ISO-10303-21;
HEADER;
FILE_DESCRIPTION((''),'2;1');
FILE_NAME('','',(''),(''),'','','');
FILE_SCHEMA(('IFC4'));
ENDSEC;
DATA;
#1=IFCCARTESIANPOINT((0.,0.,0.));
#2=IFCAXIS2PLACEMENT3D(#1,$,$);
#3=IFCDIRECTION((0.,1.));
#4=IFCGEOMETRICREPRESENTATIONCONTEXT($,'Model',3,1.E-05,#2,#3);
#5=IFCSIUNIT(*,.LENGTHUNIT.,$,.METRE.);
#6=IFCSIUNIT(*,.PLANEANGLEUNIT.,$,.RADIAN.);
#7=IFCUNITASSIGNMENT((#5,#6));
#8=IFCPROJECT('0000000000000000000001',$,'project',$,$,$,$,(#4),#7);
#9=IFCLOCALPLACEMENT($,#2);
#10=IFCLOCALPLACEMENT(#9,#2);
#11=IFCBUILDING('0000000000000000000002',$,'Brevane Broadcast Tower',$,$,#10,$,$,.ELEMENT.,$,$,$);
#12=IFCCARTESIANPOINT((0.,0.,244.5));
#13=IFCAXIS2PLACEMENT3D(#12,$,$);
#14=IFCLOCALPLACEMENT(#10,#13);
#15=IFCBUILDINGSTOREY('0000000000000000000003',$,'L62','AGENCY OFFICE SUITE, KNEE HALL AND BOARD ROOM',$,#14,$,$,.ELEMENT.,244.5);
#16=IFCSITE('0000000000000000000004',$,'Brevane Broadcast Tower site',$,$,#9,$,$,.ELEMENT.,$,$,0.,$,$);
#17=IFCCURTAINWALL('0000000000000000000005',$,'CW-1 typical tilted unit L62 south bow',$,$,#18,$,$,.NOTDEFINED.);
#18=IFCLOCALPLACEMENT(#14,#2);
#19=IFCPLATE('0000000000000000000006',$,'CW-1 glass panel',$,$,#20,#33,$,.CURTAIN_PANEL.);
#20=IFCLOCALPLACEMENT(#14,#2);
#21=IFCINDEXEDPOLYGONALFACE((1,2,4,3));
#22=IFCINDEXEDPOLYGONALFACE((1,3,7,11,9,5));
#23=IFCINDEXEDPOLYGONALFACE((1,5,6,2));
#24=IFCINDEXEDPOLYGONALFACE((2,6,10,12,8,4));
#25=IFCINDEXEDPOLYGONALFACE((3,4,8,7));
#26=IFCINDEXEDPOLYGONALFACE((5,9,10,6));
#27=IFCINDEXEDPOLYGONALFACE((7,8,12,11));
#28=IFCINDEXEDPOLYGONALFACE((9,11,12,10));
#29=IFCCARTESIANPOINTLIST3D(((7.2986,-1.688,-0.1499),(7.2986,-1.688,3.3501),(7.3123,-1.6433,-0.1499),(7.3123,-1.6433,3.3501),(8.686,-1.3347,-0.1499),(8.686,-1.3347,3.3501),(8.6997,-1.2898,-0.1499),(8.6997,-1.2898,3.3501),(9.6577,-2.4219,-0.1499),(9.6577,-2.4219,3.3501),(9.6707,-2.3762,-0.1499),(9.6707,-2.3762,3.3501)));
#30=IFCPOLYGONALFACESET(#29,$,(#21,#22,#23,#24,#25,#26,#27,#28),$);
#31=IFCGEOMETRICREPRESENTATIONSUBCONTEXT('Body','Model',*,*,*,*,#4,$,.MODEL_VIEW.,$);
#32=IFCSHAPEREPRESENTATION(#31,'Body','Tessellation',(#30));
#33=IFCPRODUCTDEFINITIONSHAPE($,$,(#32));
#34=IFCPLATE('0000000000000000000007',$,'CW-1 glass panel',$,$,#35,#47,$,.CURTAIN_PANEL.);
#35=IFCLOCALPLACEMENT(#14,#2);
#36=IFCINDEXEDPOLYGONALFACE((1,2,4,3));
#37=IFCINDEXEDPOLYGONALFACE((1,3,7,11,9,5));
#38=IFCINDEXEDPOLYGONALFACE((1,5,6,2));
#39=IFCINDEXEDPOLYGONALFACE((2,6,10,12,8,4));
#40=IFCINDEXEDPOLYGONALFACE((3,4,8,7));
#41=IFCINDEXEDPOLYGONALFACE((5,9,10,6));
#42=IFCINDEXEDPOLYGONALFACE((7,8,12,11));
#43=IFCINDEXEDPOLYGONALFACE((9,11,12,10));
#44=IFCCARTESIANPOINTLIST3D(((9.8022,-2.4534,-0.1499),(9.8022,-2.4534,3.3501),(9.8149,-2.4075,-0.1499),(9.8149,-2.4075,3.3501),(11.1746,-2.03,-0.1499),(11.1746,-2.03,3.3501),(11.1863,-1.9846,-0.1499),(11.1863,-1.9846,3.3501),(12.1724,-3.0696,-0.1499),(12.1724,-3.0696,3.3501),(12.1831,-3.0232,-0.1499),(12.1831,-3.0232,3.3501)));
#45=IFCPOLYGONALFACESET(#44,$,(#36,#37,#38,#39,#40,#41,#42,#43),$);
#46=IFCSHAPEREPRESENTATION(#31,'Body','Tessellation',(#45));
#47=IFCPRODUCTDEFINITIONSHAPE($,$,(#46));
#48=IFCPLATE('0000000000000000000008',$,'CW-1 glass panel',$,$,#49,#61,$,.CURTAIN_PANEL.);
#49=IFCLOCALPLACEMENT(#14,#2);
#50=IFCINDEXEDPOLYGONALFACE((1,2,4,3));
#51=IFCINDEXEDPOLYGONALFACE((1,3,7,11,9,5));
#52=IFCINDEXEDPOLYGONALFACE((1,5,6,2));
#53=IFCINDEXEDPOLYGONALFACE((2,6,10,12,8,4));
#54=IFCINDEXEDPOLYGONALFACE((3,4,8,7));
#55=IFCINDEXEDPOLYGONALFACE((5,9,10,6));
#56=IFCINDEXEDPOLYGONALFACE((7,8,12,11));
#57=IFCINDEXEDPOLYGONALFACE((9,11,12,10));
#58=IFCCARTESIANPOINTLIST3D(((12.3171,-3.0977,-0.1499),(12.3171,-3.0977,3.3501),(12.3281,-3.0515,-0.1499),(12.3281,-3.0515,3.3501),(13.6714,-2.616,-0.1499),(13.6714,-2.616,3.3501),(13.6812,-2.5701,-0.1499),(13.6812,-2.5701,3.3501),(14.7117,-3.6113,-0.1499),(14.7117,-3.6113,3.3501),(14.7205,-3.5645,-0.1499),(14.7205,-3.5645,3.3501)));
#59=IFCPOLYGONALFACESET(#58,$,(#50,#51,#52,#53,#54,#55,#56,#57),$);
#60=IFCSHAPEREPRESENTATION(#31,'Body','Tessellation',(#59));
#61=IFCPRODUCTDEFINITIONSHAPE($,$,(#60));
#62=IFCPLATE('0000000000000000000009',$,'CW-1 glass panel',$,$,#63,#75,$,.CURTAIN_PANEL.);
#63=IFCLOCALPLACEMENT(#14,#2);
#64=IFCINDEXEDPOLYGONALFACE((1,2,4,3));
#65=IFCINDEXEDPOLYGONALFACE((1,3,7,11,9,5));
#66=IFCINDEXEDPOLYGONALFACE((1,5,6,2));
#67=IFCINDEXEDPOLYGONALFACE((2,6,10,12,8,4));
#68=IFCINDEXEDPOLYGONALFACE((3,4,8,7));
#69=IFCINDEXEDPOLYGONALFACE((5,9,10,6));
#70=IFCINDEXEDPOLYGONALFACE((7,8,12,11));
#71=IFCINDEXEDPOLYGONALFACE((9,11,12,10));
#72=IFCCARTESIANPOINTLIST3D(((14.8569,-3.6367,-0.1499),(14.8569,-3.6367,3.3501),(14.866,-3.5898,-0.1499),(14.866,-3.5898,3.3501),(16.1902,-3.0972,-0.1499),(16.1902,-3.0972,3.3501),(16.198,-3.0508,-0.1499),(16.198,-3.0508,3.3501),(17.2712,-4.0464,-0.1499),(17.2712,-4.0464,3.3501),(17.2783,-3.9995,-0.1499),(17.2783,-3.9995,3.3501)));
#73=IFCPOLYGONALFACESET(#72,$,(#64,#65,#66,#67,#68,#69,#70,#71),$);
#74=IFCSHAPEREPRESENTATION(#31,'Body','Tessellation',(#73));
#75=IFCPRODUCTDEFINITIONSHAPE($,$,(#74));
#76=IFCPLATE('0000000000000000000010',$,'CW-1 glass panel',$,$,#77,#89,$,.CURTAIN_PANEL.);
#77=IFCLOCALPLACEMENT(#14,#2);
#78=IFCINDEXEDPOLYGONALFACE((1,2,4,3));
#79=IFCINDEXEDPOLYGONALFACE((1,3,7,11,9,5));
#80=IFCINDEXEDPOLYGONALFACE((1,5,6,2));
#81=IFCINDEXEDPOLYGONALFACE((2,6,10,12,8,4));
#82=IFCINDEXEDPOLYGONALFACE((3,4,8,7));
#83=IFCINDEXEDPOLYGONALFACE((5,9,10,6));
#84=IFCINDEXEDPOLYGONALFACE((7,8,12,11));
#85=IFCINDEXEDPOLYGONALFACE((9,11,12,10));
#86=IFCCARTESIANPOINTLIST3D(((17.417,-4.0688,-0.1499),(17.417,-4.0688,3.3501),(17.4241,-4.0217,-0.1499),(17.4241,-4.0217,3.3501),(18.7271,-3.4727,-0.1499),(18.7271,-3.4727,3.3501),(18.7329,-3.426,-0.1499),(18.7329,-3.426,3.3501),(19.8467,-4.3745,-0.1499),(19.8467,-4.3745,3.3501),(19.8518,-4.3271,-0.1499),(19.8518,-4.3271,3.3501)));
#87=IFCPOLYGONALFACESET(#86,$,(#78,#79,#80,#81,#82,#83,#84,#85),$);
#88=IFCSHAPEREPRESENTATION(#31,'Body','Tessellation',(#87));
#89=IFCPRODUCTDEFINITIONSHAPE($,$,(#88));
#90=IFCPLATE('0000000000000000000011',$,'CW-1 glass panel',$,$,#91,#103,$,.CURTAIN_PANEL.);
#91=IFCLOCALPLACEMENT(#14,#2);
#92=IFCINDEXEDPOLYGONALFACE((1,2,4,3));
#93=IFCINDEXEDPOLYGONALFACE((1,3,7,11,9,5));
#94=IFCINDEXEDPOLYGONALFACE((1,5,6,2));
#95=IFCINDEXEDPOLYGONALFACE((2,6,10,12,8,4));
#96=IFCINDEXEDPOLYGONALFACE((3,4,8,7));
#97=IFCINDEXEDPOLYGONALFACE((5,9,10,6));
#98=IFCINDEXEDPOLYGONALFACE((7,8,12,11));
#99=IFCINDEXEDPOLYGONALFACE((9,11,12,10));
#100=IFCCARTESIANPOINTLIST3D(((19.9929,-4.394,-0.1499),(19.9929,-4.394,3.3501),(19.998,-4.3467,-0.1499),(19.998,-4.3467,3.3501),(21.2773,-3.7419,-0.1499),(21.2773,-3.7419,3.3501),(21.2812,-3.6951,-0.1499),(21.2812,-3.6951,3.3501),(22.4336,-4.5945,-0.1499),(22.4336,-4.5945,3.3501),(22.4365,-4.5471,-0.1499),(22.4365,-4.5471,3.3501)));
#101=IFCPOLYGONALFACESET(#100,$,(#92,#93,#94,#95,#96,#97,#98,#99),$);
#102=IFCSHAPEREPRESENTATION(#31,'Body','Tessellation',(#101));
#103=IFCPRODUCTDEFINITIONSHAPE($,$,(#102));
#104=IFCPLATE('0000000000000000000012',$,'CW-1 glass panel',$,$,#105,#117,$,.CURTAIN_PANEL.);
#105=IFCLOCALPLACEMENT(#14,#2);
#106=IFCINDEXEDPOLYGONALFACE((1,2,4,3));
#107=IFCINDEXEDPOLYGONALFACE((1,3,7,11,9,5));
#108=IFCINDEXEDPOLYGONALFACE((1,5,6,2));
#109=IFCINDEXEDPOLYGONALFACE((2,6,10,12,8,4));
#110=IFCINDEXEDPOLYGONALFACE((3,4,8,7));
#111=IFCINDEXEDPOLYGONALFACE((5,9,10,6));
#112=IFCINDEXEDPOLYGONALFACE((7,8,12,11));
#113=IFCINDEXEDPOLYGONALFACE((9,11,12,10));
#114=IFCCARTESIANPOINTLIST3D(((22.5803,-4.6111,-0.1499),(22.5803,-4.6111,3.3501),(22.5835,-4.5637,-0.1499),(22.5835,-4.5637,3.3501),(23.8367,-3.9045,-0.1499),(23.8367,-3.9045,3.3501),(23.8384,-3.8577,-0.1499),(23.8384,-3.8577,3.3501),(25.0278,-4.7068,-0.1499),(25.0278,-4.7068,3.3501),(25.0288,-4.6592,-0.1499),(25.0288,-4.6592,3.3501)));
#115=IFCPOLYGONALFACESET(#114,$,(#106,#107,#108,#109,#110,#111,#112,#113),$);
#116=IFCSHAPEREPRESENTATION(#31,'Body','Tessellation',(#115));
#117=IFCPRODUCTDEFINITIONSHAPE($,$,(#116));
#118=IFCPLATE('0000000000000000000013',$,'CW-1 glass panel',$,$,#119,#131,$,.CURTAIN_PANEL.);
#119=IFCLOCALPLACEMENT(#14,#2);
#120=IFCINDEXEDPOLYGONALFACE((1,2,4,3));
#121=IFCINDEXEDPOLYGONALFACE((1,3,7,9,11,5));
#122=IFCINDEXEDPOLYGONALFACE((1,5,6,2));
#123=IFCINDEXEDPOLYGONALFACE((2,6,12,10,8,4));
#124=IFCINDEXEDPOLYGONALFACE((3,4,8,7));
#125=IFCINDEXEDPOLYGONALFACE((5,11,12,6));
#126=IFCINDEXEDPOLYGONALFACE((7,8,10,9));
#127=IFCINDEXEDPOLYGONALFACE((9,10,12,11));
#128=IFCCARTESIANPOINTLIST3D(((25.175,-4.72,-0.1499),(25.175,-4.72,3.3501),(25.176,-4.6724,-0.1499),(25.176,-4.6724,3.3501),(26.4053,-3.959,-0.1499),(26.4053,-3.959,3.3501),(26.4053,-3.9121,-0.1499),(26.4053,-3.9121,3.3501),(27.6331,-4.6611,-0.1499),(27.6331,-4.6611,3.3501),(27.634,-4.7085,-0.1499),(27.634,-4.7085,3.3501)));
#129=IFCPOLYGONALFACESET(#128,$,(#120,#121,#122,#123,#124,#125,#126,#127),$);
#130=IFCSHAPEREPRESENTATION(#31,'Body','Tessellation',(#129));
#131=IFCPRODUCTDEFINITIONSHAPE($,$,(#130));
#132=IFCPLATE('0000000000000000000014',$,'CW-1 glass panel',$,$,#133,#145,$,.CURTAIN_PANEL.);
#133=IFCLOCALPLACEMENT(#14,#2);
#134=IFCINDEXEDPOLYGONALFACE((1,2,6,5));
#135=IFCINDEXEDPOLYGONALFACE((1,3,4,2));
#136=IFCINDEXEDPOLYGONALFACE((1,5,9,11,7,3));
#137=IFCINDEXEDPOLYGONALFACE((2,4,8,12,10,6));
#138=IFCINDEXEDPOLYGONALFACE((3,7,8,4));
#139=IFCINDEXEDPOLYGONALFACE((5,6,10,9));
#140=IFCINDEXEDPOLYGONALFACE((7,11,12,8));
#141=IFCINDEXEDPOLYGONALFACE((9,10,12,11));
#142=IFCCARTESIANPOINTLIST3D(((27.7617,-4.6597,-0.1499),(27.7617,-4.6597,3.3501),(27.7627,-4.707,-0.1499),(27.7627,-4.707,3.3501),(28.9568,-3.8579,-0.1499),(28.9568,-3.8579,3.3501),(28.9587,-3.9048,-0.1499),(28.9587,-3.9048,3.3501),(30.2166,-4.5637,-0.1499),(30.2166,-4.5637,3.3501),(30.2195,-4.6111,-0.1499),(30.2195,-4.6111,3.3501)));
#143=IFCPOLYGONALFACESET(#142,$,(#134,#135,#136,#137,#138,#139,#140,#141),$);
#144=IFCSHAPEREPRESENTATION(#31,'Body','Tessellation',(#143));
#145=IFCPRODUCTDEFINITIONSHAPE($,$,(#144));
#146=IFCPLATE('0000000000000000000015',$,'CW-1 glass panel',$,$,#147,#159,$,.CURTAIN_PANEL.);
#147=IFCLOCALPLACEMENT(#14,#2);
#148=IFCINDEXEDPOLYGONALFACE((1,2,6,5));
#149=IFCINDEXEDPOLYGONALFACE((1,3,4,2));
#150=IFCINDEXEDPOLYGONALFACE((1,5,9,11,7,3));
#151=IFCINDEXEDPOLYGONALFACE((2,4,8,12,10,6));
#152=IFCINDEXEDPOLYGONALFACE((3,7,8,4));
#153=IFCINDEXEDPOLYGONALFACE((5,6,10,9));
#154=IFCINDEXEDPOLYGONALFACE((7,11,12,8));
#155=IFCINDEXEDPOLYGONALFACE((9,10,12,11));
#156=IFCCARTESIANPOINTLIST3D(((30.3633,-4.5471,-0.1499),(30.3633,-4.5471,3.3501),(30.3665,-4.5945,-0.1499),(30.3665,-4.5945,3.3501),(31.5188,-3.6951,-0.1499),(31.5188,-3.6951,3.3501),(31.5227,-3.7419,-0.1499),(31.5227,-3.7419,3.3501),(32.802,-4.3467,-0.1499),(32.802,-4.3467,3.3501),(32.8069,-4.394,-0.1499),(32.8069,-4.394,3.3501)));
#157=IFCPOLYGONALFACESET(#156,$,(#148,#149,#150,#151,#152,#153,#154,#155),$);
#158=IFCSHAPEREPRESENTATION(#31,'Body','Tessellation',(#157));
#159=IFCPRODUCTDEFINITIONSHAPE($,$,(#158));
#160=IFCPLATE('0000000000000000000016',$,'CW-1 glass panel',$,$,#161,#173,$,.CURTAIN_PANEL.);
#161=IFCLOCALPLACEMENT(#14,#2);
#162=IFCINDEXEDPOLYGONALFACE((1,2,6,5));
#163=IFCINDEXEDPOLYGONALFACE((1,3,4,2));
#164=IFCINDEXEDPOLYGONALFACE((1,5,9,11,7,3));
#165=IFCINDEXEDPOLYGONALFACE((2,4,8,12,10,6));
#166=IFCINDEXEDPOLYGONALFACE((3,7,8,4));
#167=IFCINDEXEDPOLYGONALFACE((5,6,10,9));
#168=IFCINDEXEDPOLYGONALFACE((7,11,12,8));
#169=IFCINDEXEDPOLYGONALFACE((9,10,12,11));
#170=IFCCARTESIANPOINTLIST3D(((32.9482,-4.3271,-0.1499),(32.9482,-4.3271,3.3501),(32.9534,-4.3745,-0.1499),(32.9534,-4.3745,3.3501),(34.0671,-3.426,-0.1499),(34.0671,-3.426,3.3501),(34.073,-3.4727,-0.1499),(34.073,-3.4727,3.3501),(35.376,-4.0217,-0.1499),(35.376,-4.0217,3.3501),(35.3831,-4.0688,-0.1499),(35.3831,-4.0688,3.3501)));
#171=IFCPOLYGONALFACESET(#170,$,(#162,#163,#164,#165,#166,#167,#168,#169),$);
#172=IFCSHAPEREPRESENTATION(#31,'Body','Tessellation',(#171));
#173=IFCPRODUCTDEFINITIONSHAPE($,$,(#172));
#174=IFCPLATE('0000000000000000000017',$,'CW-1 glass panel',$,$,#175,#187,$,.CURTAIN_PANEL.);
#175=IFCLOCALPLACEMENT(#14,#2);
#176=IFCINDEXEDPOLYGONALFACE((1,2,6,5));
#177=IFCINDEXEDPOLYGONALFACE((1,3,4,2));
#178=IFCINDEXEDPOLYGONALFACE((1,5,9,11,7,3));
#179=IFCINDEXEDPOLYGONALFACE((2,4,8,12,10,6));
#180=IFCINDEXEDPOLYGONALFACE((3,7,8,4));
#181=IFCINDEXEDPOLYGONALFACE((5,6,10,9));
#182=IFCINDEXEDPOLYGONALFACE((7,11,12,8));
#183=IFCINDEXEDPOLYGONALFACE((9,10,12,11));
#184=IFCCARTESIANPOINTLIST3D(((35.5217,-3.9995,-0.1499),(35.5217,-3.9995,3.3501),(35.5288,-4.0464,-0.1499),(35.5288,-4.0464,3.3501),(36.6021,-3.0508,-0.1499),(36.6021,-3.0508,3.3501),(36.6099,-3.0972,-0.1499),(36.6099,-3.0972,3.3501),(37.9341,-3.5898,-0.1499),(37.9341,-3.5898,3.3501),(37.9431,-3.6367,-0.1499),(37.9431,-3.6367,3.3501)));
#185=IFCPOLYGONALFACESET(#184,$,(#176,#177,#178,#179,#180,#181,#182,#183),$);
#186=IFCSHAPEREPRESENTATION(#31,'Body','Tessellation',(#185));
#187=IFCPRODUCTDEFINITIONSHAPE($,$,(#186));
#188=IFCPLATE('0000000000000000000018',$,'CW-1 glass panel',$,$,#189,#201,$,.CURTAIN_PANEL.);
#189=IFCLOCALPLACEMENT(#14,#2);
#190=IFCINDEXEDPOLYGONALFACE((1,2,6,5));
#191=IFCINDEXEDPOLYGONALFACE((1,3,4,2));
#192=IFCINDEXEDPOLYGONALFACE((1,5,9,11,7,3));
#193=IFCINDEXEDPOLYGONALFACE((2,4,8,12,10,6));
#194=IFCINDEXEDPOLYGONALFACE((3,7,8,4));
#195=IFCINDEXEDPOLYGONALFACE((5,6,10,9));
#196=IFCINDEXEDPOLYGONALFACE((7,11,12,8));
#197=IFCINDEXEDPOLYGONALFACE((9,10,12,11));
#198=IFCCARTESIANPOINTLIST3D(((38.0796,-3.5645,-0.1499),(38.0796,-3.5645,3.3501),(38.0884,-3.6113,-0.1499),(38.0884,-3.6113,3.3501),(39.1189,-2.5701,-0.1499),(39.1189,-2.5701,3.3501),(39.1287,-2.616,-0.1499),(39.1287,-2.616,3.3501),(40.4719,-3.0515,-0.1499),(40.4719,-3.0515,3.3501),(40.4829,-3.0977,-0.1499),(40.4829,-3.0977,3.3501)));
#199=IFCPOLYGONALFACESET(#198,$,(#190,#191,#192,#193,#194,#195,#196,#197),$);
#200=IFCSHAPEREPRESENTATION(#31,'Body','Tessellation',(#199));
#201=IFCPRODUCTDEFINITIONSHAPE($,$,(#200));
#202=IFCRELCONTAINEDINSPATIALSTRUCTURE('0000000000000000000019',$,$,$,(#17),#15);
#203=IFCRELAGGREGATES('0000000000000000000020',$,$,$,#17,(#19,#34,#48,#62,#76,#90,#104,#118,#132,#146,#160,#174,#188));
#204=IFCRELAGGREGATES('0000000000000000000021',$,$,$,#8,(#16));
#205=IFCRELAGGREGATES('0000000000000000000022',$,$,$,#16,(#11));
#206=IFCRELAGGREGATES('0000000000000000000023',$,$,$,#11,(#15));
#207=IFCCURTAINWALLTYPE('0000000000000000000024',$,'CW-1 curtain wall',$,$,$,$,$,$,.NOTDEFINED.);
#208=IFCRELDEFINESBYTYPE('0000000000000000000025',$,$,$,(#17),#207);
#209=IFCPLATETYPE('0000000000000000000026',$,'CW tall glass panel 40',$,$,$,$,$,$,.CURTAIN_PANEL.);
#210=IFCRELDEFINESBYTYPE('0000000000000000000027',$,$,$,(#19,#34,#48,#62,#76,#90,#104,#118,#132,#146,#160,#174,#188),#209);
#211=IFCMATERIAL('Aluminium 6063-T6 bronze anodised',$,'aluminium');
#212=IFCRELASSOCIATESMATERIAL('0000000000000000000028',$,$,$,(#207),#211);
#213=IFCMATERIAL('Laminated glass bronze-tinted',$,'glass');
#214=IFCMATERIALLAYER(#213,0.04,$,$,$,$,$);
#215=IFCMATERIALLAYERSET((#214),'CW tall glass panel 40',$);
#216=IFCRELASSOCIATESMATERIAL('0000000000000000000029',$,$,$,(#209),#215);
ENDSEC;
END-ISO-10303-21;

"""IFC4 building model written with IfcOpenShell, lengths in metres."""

from ifc_helpers import new_model, si_unit, direction, frame, origin, place, context, subcontext, project, spatial, polyline, outline, extrude, material, layer, layer_set, type_object, element, aggregate, save


model = new_model("IFC4")

# Units and contexts
model_context = context("Model", 3, precision=1e-05, world=origin(), true_north=direction((0.0, 1.0)))
body_context = subcontext(model_context, "Body", "Model", "MODEL_VIEW")
ifc_project = project(units=[si_unit("LENGTHUNIT", "METRE"), si_unit("PLANEANGLEUNIT", "RADIAN")], contexts=[model_context])

# Site, building, storey
site_placement = place(None, origin())
site = spatial("IfcSite", under=ifc_project, at=site_placement, Name="Brevane Broadcast Tower site", CompositionType="ELEMENT", RefElevation=0.0)
building_placement = place(site_placement, origin())
building = spatial("IfcBuilding", under=site, at=building_placement, Name="Brevane Broadcast Tower", CompositionType="ELEMENT")
storey_placement = place(building_placement, frame((0.0, 0.0, 244.5)))
storey = spatial("IfcBuildingStorey", under=building, at=storey_placement, Name="L62", Description="AGENCY OFFICE SUITE, KNEE HALL AND BOARD ROOM", CompositionType="ELEMENT", Elevation=244.5)

# Curtain wall, plates
ifc_material_1 = material(Name="Aluminium 6063-T6 bronze anodised", Category="aluminium")
curtain_wall_type = type_object("IfcCurtainWallType", Name="CW-1 curtain wall", PredefinedType="NOTDEFINED", material=ifc_material_1)
curtain_wall_1_placement = place(storey_placement, origin())
curtain_wall_1 = element("IfcCurtainWall", 1, at=curtain_wall_1_placement, inside=storey, type_object=curtain_wall_type, Name="CW-1 typical tilted unit L62 south bow", PredefinedType="NOTDEFINED")
ifc_material_2 = material(Name="Laminated glass bronze-tinted", Category="glass")
ifc_layer = layer(ifc_material_2, 0.04)
ifc_layer_set = layer_set([ifc_layer], Name="CW tall glass panel 40")
plate_type = type_object("IfcPlateType", Name="CW tall glass panel 40", PredefinedType="CURTAIN_PANEL", material=ifc_layer_set)
plate_1_placement = place(storey_placement, frame((0.0, 0.0, -0.1499)))
plate_1 = element("IfcPlate", 2, at=plate_1_placement, type_object=plate_type, Name="CW-1 glass panel", PredefinedType="CURTAIN_PANEL", context=body_context, shape_type="SweptSolid", body=[
    extrude(outline(polyline([(7.3123, -1.6433), (7.2986, -1.688), (8.686, -1.3347), (9.6577, -2.4219), (9.6707, -2.3762), (8.6997, -1.2898), (7.3123, -1.6433)])), origin(), (0.0, 0.0, 1.0), 3.5),
])
plate_2_placement = place(storey_placement, frame((0.0, 0.0, -0.1499)))
plate_2 = element("IfcPlate", 3, at=plate_2_placement, type_object=plate_type, Name="CW-1 glass panel", PredefinedType="CURTAIN_PANEL", context=body_context, shape_type="SweptSolid", body=[
    extrude(outline(polyline([(9.8149, -2.4075), (9.8022, -2.4534), (11.1746, -2.03), (12.1724, -3.0696), (12.1831, -3.0232), (11.1863, -1.9846), (9.8149, -2.4075)])), origin(), (0.0, 0.0, 1.0), 3.5),
])
plate_3_placement = place(storey_placement, frame((0.0, 0.0, -0.1499)))
plate_3 = element("IfcPlate", 4, at=plate_3_placement, type_object=plate_type, Name="CW-1 glass panel", PredefinedType="CURTAIN_PANEL", context=body_context, shape_type="SweptSolid", body=[
    extrude(outline(polyline([(12.3281, -3.0515), (12.3171, -3.0977), (13.6714, -2.616), (14.7117, -3.6113), (14.7205, -3.5645), (13.6812, -2.5701), (12.3281, -3.0515)])), origin(), (0.0, 0.0, 1.0), 3.5),
])
plate_4_placement = place(storey_placement, frame((0.0, 0.0, -0.1499)))
plate_4 = element("IfcPlate", 5, at=plate_4_placement, type_object=plate_type, Name="CW-1 glass panel", PredefinedType="CURTAIN_PANEL", context=body_context, shape_type="SweptSolid", body=[
    extrude(outline(polyline([(14.866, -3.5898), (14.8569, -3.6367), (16.1902, -3.0972), (17.2712, -4.0464), (17.2783, -3.9995), (16.198, -3.0508), (14.866, -3.5898)])), origin(), (0.0, 0.0, 1.0), 3.5),
])
plate_5_placement = place(storey_placement, frame((0.0, 0.0, -0.1499)))
plate_5 = element("IfcPlate", 6, at=plate_5_placement, type_object=plate_type, Name="CW-1 glass panel", PredefinedType="CURTAIN_PANEL", context=body_context, shape_type="SweptSolid", body=[
    extrude(outline(polyline([(17.4241, -4.0217), (17.417, -4.0688), (18.7271, -3.4727), (19.8467, -4.3745), (19.8518, -4.3271), (18.7329, -3.426), (17.4241, -4.0217)])), origin(), (0.0, 0.0, 1.0), 3.5),
])
plate_6_placement = place(storey_placement, frame((0.0, 0.0, -0.1499)))
plate_6 = element("IfcPlate", 7, at=plate_6_placement, type_object=plate_type, Name="CW-1 glass panel", PredefinedType="CURTAIN_PANEL", context=body_context, shape_type="SweptSolid", body=[
    extrude(outline(polyline([(19.998, -4.3467), (19.9929, -4.394), (21.2773, -3.7419), (22.4336, -4.5945), (22.4365, -4.5471), (21.2812, -3.6951), (19.998, -4.3467)])), origin(), (0.0, 0.0, 1.0), 3.5),
])
plate_7_placement = place(storey_placement, frame((0.0, 0.0, -0.1499)))
plate_7 = element("IfcPlate", 8, at=plate_7_placement, type_object=plate_type, Name="CW-1 glass panel", PredefinedType="CURTAIN_PANEL", context=body_context, shape_type="SweptSolid", body=[
    extrude(outline(polyline([(22.5835, -4.5637), (22.5803, -4.6111), (23.8367, -3.9045), (25.0278, -4.7068), (25.0288, -4.6592), (23.8384, -3.8577), (22.5835, -4.5637)])), origin(), (0.0, 0.0, 1.0), 3.5),
])
plate_8_placement = place(storey_placement, frame((0.0, 0.0, -0.1499)))
plate_8 = element("IfcPlate", 9, at=plate_8_placement, type_object=plate_type, Name="CW-1 glass panel", PredefinedType="CURTAIN_PANEL", context=body_context, shape_type="SweptSolid", body=[
    extrude(outline(polyline([(25.176, -4.6724), (25.175, -4.72), (26.4053, -3.959), (27.634, -4.7085), (27.6331, -4.6611), (26.4053, -3.9121), (25.176, -4.6724)])), origin(), (0.0, 0.0, 1.0), 3.5),
])
plate_9_placement = place(storey_placement, frame((0.0, 0.0, -0.1499)))
plate_9 = element("IfcPlate", 10, at=plate_9_placement, type_object=plate_type, Name="CW-1 glass panel", PredefinedType="CURTAIN_PANEL", context=body_context, shape_type="SweptSolid", body=[
    extrude(outline(polyline([(27.7617, -4.6597), (27.7627, -4.707), (28.9587, -3.9048), (30.2195, -4.6111), (30.2166, -4.5637), (28.9568, -3.8579), (27.7617, -4.6597)])), origin(), (0.0, 0.0, 1.0), 3.5),
])
plate_10_placement = place(storey_placement, frame((0.0, 0.0, -0.1499)))
plate_10 = element("IfcPlate", 11, at=plate_10_placement, type_object=plate_type, Name="CW-1 glass panel", PredefinedType="CURTAIN_PANEL", context=body_context, shape_type="SweptSolid", body=[
    extrude(outline(polyline([(30.3633, -4.5471), (30.3665, -4.5945), (31.5227, -3.7419), (32.8069, -4.394), (32.802, -4.3467), (31.5188, -3.6951), (30.3633, -4.5471)])), origin(), (0.0, 0.0, 1.0), 3.5),
])
plate_11_placement = place(storey_placement, frame((0.0, 0.0, -0.1499)))
plate_11 = element("IfcPlate", 12, at=plate_11_placement, type_object=plate_type, Name="CW-1 glass panel", PredefinedType="CURTAIN_PANEL", context=body_context, shape_type="SweptSolid", body=[
    extrude(outline(polyline([(32.9482, -4.3271), (32.9534, -4.3745), (34.073, -3.4727), (35.3831, -4.0688), (35.376, -4.0217), (34.0671, -3.426), (32.9482, -4.3271)])), origin(), (0.0, 0.0, 1.0), 3.5),
])
plate_12_placement = place(storey_placement, frame((0.0, 0.0, -0.1499)))
plate_12 = element("IfcPlate", 13, at=plate_12_placement, type_object=plate_type, Name="CW-1 glass panel", PredefinedType="CURTAIN_PANEL", context=body_context, shape_type="SweptSolid", body=[
    extrude(outline(polyline([(35.5217, -3.9995), (35.5288, -4.0464), (36.6099, -3.0972), (37.9431, -3.6367), (37.9341, -3.5898), (36.6021, -3.0508), (35.5217, -3.9995)])), origin(), (0.0, 0.0, 1.0), 3.5),
])
plate_13_placement = place(storey_placement, frame((0.0, 0.0, -0.1499)))
plate_13 = element("IfcPlate", 14, at=plate_13_placement, type_object=plate_type, Name="CW-1 glass panel", PredefinedType="CURTAIN_PANEL", context=body_context, shape_type="SweptSolid", body=[
    extrude(outline(polyline([(38.0796, -3.5645), (38.0884, -3.6113), (39.1287, -2.616), (40.4829, -3.0977), (40.4719, -3.0515), (39.1189, -2.5701), (38.0796, -3.5645)])), origin(), (0.0, 0.0, 1.0), 3.5),
])
aggregate(curtain_wall_1, [plate_1, plate_2, plate_3, plate_4, plate_5, plate_6, plate_7, plate_8, plate_9, plate_10, plate_11, plate_12, plate_13])

save(model, "model.ifc")
